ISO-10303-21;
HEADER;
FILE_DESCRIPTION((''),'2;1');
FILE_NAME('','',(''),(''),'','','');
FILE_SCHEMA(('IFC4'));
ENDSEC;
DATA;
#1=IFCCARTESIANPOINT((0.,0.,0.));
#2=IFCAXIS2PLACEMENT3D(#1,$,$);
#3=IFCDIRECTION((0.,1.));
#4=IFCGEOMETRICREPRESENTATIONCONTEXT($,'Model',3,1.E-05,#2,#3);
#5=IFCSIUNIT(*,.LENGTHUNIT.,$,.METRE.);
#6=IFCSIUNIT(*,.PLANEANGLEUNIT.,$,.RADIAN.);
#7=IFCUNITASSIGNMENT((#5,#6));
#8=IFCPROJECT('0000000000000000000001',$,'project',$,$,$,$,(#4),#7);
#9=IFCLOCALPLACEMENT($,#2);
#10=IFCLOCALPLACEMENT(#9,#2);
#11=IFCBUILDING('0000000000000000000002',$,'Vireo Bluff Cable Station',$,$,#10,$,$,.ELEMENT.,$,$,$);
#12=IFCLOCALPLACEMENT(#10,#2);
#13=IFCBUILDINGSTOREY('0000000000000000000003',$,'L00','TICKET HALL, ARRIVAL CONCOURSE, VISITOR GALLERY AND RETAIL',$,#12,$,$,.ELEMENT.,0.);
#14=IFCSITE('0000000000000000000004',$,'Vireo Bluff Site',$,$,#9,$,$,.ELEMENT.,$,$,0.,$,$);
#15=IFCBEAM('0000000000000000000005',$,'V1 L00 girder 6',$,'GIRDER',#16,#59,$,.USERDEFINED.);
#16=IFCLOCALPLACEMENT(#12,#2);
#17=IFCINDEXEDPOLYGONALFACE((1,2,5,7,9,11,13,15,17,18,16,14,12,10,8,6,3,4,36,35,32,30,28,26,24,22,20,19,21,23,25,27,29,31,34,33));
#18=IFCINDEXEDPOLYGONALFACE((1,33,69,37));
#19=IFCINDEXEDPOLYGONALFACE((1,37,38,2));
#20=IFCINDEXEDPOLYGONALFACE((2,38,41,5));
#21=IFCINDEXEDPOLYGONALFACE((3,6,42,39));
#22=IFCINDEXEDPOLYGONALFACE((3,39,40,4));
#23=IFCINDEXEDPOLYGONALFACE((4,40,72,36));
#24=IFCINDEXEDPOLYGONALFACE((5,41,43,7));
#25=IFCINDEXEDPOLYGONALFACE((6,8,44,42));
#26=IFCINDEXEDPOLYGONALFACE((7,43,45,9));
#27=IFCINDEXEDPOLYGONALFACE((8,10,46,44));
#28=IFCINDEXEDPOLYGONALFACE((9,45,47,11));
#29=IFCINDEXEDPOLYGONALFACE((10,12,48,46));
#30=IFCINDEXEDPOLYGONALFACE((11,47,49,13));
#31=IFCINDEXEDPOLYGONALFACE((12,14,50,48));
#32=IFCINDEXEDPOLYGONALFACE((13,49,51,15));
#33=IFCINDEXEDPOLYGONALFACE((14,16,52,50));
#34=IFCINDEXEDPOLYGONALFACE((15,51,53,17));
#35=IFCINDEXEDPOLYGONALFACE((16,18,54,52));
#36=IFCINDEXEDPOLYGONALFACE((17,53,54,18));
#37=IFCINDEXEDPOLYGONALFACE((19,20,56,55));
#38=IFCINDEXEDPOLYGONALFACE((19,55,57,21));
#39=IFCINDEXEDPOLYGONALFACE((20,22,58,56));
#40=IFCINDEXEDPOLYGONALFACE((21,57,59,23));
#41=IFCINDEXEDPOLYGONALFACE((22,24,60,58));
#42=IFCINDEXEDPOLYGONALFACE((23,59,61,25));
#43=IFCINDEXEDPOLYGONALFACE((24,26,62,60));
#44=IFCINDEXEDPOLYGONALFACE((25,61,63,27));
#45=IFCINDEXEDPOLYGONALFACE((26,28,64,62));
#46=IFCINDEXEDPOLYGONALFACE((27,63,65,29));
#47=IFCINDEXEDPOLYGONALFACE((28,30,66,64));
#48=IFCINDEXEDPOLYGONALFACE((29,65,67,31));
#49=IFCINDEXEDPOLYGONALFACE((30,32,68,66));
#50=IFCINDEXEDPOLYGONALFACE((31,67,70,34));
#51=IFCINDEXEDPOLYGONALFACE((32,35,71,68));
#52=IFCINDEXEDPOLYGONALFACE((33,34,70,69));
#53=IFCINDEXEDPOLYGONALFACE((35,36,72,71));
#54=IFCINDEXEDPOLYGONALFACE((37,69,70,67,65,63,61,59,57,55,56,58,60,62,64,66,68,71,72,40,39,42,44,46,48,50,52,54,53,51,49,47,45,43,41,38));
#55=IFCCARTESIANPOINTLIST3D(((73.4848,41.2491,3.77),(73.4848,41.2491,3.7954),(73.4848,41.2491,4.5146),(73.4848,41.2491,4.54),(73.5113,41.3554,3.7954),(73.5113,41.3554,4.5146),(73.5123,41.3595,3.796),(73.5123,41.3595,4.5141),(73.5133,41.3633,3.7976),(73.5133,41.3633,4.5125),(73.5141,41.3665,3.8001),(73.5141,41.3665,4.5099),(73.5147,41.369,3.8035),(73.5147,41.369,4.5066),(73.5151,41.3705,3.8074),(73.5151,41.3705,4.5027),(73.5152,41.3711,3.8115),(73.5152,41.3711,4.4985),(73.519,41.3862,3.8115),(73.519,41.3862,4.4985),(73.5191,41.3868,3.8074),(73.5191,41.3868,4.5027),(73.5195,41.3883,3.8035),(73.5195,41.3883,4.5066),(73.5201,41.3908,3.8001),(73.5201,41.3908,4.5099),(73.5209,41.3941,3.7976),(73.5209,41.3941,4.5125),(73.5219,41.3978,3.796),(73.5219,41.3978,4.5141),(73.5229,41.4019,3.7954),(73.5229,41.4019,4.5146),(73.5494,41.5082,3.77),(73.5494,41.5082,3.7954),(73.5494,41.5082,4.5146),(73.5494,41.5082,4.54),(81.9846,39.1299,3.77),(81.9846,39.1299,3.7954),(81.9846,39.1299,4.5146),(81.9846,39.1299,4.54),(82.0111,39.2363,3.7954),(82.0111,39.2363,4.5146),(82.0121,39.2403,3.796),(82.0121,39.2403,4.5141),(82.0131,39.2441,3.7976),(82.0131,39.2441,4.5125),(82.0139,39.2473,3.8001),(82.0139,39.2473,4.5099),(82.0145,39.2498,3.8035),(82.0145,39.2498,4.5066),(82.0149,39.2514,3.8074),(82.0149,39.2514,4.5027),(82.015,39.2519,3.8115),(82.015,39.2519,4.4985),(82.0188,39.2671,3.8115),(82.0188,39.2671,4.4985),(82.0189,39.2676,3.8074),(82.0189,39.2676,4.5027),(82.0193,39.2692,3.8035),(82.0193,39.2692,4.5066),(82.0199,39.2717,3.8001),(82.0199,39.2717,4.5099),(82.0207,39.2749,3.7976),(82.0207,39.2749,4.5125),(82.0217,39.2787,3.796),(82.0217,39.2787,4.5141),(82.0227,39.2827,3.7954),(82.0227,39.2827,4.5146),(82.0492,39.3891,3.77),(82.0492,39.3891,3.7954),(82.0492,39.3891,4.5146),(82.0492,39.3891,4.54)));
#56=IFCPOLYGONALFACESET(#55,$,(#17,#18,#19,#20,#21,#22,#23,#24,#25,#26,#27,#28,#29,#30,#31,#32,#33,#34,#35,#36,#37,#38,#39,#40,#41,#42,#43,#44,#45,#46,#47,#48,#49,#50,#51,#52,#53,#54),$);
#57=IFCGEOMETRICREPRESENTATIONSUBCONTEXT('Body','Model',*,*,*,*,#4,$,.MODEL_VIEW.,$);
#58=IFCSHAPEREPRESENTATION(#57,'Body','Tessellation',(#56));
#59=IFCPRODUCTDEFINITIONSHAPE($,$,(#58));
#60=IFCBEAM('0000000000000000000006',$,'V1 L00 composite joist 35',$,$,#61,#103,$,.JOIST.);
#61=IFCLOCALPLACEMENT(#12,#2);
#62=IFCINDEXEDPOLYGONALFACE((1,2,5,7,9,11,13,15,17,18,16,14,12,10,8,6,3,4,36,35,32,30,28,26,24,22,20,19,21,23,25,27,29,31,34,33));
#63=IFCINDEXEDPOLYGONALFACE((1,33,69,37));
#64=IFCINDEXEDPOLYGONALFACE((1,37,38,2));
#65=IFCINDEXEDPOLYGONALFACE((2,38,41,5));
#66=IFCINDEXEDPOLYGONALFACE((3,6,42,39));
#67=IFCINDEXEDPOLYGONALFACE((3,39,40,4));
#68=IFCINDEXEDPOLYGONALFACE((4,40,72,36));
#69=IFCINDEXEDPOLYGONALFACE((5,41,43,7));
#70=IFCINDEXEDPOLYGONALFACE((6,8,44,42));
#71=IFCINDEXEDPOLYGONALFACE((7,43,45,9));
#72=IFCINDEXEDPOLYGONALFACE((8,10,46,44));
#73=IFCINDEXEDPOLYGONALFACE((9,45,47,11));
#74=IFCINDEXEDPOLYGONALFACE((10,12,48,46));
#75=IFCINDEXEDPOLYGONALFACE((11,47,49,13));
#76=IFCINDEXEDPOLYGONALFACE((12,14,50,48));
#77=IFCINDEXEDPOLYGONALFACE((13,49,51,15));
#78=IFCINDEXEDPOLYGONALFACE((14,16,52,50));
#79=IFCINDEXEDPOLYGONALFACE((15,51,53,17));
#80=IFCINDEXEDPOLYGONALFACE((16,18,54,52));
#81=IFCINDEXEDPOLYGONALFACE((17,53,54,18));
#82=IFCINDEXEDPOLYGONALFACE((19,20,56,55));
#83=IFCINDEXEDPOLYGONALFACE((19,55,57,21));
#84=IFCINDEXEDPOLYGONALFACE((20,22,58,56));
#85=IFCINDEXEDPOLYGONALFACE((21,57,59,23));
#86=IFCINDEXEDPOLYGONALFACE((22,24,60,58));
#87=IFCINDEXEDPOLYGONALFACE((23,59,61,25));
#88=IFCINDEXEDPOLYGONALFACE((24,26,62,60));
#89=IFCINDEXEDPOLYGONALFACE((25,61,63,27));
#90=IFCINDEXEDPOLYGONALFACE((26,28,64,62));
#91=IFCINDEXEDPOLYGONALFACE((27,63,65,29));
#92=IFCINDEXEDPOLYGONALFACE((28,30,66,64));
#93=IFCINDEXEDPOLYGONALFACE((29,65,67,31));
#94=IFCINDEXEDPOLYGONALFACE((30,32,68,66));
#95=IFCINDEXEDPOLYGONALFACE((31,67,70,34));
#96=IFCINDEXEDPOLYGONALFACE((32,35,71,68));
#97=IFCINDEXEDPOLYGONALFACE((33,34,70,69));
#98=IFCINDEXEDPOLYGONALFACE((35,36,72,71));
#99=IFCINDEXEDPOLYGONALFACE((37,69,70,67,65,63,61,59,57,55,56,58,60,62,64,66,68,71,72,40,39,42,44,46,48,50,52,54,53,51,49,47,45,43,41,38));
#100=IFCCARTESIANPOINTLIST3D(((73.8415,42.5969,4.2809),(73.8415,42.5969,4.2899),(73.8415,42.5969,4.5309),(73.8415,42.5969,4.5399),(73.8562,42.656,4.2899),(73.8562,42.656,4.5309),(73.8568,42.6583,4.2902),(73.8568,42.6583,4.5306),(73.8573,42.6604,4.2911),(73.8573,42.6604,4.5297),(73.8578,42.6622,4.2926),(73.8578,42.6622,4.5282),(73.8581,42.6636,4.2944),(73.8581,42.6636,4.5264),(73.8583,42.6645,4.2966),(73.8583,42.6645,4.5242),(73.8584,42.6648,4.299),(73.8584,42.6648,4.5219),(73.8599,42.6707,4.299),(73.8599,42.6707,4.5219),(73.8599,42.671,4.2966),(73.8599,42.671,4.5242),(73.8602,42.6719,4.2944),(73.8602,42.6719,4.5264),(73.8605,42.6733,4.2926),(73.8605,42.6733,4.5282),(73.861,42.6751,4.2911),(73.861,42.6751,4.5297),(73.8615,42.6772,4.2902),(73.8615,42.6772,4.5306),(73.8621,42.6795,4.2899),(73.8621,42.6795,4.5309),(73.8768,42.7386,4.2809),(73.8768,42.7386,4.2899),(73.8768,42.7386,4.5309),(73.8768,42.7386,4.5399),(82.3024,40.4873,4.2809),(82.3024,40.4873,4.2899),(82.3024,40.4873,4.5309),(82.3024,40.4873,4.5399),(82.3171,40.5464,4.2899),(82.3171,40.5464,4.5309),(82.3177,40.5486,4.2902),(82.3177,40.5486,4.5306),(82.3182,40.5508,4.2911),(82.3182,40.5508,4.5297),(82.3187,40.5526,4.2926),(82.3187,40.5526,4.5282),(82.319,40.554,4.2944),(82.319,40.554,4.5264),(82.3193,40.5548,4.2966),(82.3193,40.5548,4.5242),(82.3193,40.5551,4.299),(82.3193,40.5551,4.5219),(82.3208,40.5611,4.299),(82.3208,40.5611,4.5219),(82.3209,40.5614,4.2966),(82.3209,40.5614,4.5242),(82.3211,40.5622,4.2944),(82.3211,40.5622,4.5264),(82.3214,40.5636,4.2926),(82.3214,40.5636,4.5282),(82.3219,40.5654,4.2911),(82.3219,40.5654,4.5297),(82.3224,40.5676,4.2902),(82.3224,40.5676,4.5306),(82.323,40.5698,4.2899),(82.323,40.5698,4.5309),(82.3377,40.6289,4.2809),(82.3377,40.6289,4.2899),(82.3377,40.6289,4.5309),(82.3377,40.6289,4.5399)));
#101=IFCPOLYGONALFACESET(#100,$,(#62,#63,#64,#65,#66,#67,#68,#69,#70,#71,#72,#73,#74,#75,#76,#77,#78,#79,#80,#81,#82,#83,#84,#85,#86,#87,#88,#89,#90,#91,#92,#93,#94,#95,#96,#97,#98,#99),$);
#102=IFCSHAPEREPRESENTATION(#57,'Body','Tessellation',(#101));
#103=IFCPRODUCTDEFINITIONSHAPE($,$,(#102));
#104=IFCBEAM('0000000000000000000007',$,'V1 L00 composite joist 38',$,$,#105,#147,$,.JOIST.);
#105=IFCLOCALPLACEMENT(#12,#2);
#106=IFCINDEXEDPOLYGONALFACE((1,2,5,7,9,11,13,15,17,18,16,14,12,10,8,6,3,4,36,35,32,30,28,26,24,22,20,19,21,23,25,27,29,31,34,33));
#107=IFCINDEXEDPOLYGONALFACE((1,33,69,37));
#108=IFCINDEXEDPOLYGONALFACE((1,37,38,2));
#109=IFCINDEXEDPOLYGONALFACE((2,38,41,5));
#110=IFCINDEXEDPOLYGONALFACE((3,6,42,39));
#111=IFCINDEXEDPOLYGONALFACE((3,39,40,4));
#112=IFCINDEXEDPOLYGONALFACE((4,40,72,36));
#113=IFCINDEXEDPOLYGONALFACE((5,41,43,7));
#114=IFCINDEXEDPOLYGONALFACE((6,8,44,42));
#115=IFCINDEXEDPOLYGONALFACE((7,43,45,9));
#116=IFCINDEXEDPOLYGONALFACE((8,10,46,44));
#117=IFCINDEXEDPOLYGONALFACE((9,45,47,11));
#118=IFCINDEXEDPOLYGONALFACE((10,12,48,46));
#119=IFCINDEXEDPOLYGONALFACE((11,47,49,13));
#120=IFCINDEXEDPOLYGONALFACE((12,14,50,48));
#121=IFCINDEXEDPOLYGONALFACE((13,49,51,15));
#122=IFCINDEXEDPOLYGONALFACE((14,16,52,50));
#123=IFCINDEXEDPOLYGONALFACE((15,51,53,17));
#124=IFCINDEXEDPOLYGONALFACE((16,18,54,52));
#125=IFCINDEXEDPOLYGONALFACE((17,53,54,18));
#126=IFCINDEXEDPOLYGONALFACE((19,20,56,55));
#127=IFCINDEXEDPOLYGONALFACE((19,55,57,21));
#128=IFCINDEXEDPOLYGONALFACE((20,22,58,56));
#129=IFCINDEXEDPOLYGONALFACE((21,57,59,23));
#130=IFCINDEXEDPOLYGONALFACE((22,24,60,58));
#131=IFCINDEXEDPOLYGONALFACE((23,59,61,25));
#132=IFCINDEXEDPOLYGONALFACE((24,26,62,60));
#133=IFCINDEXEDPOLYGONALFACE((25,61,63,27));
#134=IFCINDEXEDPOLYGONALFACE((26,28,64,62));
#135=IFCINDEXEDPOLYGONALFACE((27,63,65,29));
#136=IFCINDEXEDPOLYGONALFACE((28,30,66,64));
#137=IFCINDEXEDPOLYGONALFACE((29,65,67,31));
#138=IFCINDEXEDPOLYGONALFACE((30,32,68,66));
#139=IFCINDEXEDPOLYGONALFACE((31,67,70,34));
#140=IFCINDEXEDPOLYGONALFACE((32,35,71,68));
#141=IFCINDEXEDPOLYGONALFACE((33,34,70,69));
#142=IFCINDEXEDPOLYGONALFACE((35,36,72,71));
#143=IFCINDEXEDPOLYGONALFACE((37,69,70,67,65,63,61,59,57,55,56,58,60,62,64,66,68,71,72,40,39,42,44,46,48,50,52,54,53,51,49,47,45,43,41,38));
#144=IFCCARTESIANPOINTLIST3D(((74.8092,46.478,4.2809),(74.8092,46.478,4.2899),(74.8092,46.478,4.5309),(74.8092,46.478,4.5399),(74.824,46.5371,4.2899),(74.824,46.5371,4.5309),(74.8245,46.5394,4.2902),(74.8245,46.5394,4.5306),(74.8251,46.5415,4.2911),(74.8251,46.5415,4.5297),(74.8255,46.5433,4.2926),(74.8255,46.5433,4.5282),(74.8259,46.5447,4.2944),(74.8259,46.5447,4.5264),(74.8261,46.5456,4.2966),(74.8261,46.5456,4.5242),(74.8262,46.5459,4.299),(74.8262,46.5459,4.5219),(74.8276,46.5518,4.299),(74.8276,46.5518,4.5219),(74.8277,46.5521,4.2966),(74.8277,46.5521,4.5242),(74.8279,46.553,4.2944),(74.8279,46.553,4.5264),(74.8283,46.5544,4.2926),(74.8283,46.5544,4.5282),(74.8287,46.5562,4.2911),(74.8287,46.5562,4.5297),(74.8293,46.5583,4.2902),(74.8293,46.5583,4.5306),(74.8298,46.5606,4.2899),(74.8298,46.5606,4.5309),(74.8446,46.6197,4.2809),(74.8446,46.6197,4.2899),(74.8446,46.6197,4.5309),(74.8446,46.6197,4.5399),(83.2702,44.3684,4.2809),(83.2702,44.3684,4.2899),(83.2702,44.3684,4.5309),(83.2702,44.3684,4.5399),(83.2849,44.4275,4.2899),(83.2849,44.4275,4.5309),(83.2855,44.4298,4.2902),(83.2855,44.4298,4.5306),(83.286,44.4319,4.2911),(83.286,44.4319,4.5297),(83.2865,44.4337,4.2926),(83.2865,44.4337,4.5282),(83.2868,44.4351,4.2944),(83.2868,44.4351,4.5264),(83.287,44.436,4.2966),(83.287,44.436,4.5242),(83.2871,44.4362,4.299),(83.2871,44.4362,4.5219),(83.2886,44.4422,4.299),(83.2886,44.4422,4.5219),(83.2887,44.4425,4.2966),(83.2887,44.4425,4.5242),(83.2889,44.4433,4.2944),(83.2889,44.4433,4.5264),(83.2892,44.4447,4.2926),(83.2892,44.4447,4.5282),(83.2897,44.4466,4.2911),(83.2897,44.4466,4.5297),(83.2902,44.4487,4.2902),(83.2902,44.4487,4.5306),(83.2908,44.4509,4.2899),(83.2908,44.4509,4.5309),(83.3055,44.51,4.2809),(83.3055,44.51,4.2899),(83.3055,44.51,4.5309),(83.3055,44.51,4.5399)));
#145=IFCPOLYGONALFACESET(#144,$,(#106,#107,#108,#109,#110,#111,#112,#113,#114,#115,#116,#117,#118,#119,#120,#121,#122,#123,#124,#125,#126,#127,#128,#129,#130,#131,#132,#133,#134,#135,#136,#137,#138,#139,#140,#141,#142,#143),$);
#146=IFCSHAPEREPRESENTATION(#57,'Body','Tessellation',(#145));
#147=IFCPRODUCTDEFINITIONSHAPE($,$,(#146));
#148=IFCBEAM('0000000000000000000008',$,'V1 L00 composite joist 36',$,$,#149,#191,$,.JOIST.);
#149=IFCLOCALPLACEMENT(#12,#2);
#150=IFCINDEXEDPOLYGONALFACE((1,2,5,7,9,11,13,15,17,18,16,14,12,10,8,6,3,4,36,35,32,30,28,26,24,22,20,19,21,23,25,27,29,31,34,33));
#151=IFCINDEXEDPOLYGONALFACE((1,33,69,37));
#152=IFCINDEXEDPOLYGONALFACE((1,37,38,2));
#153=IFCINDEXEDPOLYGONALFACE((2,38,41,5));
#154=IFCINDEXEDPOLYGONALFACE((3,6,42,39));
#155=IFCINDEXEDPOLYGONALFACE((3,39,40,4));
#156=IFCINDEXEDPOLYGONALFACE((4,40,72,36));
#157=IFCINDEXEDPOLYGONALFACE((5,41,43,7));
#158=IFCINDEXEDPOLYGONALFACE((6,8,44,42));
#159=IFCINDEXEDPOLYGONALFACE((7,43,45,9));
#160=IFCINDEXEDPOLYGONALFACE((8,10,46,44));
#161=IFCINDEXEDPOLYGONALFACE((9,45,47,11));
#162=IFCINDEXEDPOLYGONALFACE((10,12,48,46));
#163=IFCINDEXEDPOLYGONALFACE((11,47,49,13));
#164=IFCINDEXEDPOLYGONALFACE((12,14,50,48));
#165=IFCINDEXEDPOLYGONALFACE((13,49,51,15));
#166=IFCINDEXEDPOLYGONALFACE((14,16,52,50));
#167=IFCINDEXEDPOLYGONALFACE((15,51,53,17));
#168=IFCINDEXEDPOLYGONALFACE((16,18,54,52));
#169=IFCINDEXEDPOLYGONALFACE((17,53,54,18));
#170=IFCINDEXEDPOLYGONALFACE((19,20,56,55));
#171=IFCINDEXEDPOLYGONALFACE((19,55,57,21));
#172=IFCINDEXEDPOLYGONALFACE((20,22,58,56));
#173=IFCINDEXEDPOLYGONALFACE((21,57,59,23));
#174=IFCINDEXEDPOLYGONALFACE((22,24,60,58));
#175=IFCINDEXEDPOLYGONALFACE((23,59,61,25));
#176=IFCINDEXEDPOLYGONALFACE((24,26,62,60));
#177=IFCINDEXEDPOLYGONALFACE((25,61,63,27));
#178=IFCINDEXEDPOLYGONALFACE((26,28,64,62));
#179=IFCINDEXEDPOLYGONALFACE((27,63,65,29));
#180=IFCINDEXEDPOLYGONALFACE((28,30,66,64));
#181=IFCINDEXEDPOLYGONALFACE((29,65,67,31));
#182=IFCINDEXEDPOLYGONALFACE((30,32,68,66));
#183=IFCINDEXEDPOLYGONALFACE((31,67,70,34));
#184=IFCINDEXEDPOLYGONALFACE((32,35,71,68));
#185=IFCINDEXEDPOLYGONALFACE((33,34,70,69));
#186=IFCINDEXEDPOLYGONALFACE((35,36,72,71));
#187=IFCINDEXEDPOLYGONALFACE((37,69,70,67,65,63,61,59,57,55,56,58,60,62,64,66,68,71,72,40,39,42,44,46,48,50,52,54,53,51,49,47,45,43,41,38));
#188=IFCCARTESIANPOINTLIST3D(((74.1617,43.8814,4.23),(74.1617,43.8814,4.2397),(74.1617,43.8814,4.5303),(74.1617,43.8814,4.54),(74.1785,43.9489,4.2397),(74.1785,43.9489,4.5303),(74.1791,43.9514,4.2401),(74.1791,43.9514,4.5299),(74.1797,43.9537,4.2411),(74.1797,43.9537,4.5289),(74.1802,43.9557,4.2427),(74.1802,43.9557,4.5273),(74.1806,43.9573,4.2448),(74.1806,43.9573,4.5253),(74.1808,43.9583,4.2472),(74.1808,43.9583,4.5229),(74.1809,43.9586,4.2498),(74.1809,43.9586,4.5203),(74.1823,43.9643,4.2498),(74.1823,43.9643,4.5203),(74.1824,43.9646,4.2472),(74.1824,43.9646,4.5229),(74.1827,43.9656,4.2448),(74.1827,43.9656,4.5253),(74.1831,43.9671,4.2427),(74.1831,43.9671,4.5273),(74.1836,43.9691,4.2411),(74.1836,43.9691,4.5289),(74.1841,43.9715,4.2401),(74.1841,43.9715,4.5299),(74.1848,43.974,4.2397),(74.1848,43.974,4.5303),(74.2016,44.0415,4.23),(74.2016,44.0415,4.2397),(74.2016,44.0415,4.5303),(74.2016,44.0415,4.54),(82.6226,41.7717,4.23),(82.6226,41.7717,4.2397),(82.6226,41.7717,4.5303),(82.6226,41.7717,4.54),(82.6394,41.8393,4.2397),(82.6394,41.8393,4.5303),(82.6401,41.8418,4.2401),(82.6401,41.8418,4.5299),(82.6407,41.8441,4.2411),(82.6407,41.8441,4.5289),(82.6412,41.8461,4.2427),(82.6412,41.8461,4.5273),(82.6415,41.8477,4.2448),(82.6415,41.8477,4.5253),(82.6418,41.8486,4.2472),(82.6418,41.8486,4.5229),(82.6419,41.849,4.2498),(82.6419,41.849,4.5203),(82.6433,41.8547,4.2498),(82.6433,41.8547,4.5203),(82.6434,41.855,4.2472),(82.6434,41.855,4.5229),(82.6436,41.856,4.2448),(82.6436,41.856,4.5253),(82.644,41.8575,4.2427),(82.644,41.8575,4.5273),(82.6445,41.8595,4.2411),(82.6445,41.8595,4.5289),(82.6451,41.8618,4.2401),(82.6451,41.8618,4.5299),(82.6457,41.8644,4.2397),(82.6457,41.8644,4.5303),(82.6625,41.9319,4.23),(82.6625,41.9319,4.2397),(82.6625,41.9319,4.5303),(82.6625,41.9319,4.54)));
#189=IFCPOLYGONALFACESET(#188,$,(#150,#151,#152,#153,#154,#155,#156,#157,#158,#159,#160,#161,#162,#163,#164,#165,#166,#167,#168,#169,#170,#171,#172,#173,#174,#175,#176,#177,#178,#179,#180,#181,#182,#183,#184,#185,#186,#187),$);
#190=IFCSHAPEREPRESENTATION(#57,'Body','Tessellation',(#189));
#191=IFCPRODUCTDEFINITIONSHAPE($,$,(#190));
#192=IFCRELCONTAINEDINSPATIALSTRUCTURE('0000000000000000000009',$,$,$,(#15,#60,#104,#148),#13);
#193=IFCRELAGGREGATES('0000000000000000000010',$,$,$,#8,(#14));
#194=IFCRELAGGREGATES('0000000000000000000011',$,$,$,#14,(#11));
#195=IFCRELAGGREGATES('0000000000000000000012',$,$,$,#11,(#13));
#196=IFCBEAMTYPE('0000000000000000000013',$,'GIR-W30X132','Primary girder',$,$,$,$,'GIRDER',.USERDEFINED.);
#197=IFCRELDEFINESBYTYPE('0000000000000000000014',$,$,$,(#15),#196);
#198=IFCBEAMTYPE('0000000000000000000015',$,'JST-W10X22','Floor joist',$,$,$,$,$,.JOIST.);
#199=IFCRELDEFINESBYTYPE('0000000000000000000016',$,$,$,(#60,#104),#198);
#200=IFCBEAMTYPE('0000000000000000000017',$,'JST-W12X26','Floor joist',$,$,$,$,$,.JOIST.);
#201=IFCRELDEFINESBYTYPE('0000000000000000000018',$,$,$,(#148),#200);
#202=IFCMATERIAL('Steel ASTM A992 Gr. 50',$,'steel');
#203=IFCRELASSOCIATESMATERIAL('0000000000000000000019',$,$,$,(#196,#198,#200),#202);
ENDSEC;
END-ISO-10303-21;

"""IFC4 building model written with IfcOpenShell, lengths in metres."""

from ifc_helpers import new_model, si_unit, direction, frame, origin, origin_2d, place, context, subcontext, project, spatial, i_section, extrude, material, material_profile, profile_set, type_object, element, save


model = new_model("IFC4")

# Units and contexts
model_context = context("Model", 3, precision=1e-05, world=origin(), true_north=direction((0.0, 1.0)))
body_context = subcontext(model_context, "Body", "Model", "MODEL_VIEW")
ifc_project = project(units=[si_unit("LENGTHUNIT", "METRE"), si_unit("PLANEANGLEUNIT", "RADIAN")], contexts=[model_context])

# Site, building, storey
site_placement = place(None, origin())
site = spatial("IfcSite", under=ifc_project, at=site_placement, Name="Vireo Bluff Site", CompositionType="ELEMENT", RefElevation=0.0)
building_placement = place(site_placement, origin())
building = spatial("IfcBuilding", under=site, at=building_placement, Name="Vireo Bluff Cable Station", CompositionType="ELEMENT")
storey_placement = place(building_placement, origin())
storey = spatial("IfcBuildingStorey", under=building, at=storey_placement, Name="L00", Description="TICKET HALL, ARRIVAL CONCOURSE, VISITOR GALLERY AND RETAIL", CompositionType="ELEMENT", Elevation=0.0)

# Shared definitions
ifc_material_1 = material(Name="Steel ASTM A992 Gr. 50", Category="steel")

# Beams
ifc_material_profile_1 = material_profile(ifc_material_1, i_section(OverallWidth=0.2671, OverallDepth=0.77, WebThickness=0.0156, FlangeThickness=0.0254, FilletRadius=0.0161, at=origin_2d()), Name="W30X132")
ifc_profile_set_1 = profile_set([ifc_material_profile_1], Name="Steel ASTM A992 Gr. 50")
beam_type_1 = type_object("IfcBeamType", Name="GIR-W30X132", Description="Primary girder", ElementType="GIRDER", PredefinedType="USERDEFINED", material=ifc_profile_set_1)
beam_1_placement = place(storey_placement, frame((73.5171, 41.3787, 4.155), z_axis=(0.970298, -0.241913, 0.0), x_axis=(0.241913, 0.970298, 0.0)))
element("IfcBeam", 1, at=beam_1_placement, inside=storey, type_object=beam_type_1, Name="V1 L00 girder 6", ObjectType="GIRDER", PredefinedType="USERDEFINED", context=body_context, shape_type="SweptSolid", body=[
    extrude(i_section(OverallWidth=0.2671, OverallDepth=0.77, WebThickness=0.0156, FlangeThickness=0.0254, FilletRadius=0.0161, at=origin_2d()), origin(), (0.0, 0.0, 1.0), 8.76),
])
ifc_material_profile_2 = material_profile(ifc_material_1, i_section(OverallWidth=0.146, OverallDepth=0.259, WebThickness=0.0061, FlangeThickness=0.009, FilletRadius=0.009, at=origin_2d()), Name="W10X22")
ifc_profile_set_2 = profile_set([ifc_material_profile_2], Name="Steel ASTM A992 Gr. 50")
beam_type_2 = type_object("IfcBeamType", Name="JST-W10X22", Description="Floor joist", PredefinedType="JOIST", material=ifc_profile_set_2)
for number, where, z_axis, x_axis, name in (
    (2, (73.8591, 42.6677, 4.4104), (0.970294, -0.24193, 0.0), (0.24193, 0.970294, 0.0), "V1 L00 composite joist 35"),
    (3, (74.8269, 46.5488, 4.4104), (0.970294, -0.24193, 0.0), (0.24193, 0.970294, 0.0), "V1 L00 composite joist 38"),
):
    element("IfcBeam", number, at=place(storey_placement, frame(where, z_axis=z_axis, x_axis=x_axis)), inside=storey, type_object=beam_type_2, Name=name, PredefinedType="JOIST", context=body_context, shape_type="SweptSolid", body=[
        extrude(i_section(OverallWidth=0.146, OverallDepth=0.259, WebThickness=0.0061, FlangeThickness=0.009, FilletRadius=0.009, at=origin_2d()), origin(), (0.0, 0.0, 1.0), 8.72),
    ])
ifc_material_profile_3 = material_profile(ifc_material_1, i_section(OverallWidth=0.165, OverallDepth=0.3101, WebThickness=0.0059, FlangeThickness=0.0098, FilletRadius=0.01, at=origin_2d()), Name="W12X26")
ifc_profile_set_3 = profile_set([ifc_material_profile_3], Name="Steel ASTM A992 Gr. 50")
beam_type_3 = type_object("IfcBeamType", Name="JST-W12X26", Description="Floor joist", PredefinedType="JOIST", material=ifc_profile_set_3)
for number, where, z_axis, x_axis, name in (
    (4, (74.1816, 43.9614, 4.385), (0.970294, -0.24193, 0.0), (0.24193, 0.970294, 0.0), "V1 L00 composite joist 36"),
):
    element("IfcBeam", number, at=place(storey_placement, frame(where, z_axis=z_axis, x_axis=x_axis)), inside=storey, type_object=beam_type_3, Name=name, PredefinedType="JOIST", context=body_context, shape_type="SweptSolid", body=[
        extrude(i_section(OverallWidth=0.165, OverallDepth=0.3101, WebThickness=0.0059, FlangeThickness=0.0098, FilletRadius=0.01, at=origin_2d()), origin(), (0.0, 0.0, 1.0), 8.72),
    ])

save(model, "model.ifc")
